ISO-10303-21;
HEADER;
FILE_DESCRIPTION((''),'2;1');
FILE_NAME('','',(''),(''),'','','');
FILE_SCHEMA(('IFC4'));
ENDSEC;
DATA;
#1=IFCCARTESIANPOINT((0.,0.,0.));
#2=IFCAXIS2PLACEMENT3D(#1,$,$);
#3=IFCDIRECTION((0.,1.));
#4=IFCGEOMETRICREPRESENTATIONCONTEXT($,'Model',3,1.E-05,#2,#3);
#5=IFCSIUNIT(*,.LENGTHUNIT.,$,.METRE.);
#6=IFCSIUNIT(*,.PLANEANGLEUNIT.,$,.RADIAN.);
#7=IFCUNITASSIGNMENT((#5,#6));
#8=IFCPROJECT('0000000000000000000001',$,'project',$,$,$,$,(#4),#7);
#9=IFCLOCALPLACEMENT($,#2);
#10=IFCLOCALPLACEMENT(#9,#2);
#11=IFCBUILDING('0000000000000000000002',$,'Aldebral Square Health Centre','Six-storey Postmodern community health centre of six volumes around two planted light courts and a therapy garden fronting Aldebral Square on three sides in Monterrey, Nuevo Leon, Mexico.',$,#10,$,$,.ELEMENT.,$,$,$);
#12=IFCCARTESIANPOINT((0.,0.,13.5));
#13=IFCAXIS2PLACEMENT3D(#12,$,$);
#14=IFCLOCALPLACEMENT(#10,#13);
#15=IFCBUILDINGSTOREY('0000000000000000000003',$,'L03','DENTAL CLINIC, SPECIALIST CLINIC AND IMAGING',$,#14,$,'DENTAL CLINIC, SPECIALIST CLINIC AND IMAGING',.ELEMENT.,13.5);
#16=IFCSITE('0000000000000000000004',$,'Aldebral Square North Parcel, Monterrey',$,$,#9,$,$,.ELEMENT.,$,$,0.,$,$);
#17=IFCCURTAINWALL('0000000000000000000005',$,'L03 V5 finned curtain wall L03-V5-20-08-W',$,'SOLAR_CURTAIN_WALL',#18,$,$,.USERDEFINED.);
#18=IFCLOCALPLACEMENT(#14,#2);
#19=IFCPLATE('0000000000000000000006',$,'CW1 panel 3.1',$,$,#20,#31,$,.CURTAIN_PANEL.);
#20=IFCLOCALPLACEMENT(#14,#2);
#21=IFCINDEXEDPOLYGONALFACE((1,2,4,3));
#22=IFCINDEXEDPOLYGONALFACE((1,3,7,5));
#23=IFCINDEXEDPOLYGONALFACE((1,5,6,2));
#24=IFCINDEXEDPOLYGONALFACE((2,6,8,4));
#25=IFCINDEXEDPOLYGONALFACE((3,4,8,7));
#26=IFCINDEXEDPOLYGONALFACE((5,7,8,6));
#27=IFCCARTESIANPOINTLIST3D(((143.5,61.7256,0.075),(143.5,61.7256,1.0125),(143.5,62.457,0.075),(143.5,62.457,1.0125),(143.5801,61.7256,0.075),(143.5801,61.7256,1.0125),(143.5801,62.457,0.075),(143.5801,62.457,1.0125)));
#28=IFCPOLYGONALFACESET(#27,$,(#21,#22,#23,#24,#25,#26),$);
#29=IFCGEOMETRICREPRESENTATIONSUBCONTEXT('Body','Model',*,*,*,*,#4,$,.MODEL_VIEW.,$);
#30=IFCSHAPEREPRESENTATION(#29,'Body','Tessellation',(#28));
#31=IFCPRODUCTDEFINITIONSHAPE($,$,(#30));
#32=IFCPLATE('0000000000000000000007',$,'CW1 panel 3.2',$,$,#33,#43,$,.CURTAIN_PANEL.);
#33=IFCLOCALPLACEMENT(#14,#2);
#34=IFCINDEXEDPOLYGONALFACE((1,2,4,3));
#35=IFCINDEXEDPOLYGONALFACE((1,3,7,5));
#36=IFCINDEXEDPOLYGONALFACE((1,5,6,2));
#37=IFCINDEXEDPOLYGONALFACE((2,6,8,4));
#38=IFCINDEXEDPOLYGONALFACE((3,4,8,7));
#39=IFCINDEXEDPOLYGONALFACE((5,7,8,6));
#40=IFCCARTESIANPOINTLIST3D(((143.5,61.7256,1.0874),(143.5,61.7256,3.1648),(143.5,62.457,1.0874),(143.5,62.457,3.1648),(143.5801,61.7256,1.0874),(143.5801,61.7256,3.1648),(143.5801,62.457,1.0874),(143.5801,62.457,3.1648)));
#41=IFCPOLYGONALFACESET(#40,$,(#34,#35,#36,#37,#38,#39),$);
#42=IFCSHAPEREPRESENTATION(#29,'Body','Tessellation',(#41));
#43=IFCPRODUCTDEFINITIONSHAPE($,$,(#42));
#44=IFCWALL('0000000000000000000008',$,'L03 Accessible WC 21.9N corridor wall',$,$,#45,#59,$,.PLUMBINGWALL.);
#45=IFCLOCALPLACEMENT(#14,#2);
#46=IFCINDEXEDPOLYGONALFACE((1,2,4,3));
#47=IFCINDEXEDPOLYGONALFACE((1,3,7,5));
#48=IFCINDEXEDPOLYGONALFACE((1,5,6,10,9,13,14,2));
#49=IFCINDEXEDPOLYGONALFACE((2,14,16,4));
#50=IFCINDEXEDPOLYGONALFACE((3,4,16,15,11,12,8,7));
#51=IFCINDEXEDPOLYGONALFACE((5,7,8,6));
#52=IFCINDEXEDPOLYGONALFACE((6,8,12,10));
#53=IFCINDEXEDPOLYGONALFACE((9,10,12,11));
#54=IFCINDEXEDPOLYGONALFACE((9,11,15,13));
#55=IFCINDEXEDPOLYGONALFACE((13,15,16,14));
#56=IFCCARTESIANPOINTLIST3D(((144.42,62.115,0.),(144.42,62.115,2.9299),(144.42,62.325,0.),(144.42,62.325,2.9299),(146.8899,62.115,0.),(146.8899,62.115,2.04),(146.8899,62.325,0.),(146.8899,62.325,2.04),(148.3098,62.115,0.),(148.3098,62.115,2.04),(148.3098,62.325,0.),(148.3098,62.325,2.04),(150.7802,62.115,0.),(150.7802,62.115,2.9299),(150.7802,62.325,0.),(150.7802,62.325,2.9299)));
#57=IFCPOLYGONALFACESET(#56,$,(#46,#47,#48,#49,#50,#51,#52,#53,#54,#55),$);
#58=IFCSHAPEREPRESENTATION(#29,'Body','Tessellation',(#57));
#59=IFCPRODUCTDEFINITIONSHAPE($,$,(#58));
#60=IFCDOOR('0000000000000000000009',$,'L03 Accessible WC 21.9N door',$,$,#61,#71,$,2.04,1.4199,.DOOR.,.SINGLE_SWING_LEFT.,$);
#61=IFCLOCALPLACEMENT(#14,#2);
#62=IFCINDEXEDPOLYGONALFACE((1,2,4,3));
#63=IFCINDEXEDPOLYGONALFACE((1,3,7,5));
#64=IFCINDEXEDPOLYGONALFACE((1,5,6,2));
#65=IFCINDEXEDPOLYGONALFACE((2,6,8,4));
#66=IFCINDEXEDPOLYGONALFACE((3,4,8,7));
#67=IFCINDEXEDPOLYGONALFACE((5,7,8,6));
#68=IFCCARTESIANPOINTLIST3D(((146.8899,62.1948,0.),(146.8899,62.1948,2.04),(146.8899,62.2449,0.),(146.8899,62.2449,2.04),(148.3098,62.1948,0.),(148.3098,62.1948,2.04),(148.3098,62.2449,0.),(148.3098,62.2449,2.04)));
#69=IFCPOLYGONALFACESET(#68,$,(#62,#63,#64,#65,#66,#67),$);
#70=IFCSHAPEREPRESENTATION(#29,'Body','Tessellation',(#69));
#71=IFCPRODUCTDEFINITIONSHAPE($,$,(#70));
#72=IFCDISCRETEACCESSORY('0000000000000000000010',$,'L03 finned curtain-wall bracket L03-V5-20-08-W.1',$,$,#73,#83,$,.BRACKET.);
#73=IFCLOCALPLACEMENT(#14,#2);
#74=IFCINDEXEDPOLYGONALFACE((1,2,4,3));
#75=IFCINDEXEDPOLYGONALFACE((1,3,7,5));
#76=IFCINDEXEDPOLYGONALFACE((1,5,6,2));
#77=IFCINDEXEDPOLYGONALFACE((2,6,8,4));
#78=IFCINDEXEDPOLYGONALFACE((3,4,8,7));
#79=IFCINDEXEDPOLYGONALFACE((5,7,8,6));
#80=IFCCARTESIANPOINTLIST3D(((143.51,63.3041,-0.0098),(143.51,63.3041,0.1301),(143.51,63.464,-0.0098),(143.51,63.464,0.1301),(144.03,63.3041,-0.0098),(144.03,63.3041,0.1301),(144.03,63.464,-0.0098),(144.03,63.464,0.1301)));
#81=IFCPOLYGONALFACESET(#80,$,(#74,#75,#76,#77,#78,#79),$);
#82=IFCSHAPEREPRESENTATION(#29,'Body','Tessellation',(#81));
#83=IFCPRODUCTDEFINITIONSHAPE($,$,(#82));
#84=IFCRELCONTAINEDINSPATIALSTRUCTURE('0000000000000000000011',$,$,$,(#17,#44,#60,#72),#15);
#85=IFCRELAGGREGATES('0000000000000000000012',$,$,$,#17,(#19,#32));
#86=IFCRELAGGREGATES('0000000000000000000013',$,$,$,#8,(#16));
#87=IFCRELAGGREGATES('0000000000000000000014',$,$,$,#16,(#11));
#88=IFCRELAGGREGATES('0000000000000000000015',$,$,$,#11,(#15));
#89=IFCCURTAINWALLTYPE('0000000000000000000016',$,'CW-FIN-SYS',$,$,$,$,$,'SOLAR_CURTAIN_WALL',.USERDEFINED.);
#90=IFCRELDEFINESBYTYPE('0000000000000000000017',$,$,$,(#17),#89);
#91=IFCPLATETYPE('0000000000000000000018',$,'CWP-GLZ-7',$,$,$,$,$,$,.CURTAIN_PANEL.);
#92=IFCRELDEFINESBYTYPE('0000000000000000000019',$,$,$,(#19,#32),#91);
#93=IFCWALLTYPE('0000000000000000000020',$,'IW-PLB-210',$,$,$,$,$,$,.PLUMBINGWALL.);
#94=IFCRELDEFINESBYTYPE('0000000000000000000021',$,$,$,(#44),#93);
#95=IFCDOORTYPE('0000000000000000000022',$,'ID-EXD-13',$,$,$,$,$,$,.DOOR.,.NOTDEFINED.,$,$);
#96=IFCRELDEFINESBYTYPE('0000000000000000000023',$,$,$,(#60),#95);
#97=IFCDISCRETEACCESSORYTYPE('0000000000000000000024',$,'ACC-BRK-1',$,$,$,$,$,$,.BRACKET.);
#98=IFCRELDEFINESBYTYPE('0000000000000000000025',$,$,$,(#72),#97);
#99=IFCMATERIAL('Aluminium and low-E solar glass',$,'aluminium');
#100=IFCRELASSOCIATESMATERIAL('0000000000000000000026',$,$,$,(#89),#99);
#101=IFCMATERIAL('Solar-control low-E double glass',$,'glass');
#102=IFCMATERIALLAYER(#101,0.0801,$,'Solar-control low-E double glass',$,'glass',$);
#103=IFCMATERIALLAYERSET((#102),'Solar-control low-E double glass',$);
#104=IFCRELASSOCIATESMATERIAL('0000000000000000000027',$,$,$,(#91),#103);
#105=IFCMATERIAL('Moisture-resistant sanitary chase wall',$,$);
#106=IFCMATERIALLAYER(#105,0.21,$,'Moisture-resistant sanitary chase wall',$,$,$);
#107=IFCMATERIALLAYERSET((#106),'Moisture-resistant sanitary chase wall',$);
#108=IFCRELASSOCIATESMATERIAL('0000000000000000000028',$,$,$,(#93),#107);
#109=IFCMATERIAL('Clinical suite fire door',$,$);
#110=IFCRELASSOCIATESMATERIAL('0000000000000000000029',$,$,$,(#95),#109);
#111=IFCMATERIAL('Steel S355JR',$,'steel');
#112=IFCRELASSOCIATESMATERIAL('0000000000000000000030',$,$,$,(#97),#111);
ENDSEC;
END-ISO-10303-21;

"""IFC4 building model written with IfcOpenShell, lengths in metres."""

from ifc_helpers import new_model, si_unit, direction, frame, frame_2d, origin, origin_2d, place, context, subcontext, project, spatial, rectangle, extrude, material, layer, layer_set, type_object, element, fill, aggregate, save


model = new_model("IFC4")

# Units and contexts
model_context = context("Model", 3, precision=1e-05, world=origin(), true_north=direction((0.0, 1.0)))
body_context = subcontext(model_context, "Body", "Model", "MODEL_VIEW")
ifc_project = project(units=[si_unit("LENGTHUNIT", "METRE"), si_unit("PLANEANGLEUNIT", "RADIAN")], contexts=[model_context])

# Site, building, storey
site_placement = place(None, origin())
site = spatial("IfcSite", under=ifc_project, at=site_placement, Name="Aldebral Square North Parcel, Monterrey", CompositionType="ELEMENT", RefElevation=0.0)
building_placement = place(site_placement, origin())
building = spatial("IfcBuilding", under=site, at=building_placement, Name="Aldebral Square Health Centre", Description="Six-storey Postmodern community health centre of six volumes around two planted light courts and a therapy garden fronting Aldebral Square on three sides in Monterrey, Nuevo Leon, Mexico.", CompositionType="ELEMENT")
storey_placement = place(building_placement, frame((0.0, 0.0, 13.5)))
storey = spatial("IfcBuildingStorey", under=building, at=storey_placement, Name="L03", Description="DENTAL CLINIC, SPECIALIST CLINIC AND IMAGING", LongName="DENTAL CLINIC, SPECIALIST CLINIC AND IMAGING", CompositionType="ELEMENT", Elevation=13.5)

# Shared definitions
ifc_material_1 = material(Name="Aluminium and low-E solar glass", Category="aluminium")
curtain_wall_type = type_object("IfcCurtainWallType", Name="CW-FIN-SYS", ElementType="SOLAR_CURTAIN_WALL", PredefinedType="USERDEFINED", material=ifc_material_1)

# Curtain wall, plates
curtain_wall_1_placement = place(storey_placement, origin())
curtain_wall_1 = element("IfcCurtainWall", 1, at=curtain_wall_1_placement, inside=storey, type_object=curtain_wall_type, Name="L03 V5 finned curtain wall L03-V5-20-08-W", ObjectType="SOLAR_CURTAIN_WALL", PredefinedType="USERDEFINED")
ifc_material_2 = material(Name="Solar-control low-E double glass", Category="glass")
ifc_layer_1 = layer(ifc_material_2, 0.0801, Name="Solar-control low-E double glass", Category="glass")
ifc_layer_set_1 = layer_set([ifc_layer_1], Name="Solar-control low-E double glass")
plate_type = type_object("IfcPlateType", Name="CWP-GLZ-7", PredefinedType="CURTAIN_PANEL", material=ifc_layer_set_1)
plate_1_placement = place(storey_placement, frame((143.54, 62.0913, 0.075), z_axis=(0.0, 0.0, 1.0), x_axis=(0.0, -1.0, 0.0)))
plate_1 = element("IfcPlate", 2, at=plate_1_placement, type_object=plate_type, Name="CW1 panel 3.1", PredefinedType="CURTAIN_PANEL", context=body_context, shape_type="SweptSolid", body=[
    extrude(rectangle(XDim=0.7314, YDim=0.0801, at=origin_2d()), origin(), (0.0, 0.0, 1.0), 0.9375),
])
plate_2_placement = place(storey_placement, frame((143.54, 62.0913, 1.0874), z_axis=(0.0, 0.0, 1.0), x_axis=(0.0, -1.0, 0.0)))
plate_2 = element("IfcPlate", 3, at=plate_2_placement, type_object=plate_type, Name="CW1 panel 3.2", PredefinedType="CURTAIN_PANEL", context=body_context, shape_type="SweptSolid", body=[
    extrude(rectangle(XDim=0.7314, YDim=0.0801, at=origin_2d()), origin(), (0.0, 0.0, 1.0), 2.0774),
])
aggregate(curtain_wall_1, [plate_1, plate_2])

# Wall, opening, door
ifc_material_3 = material(Name="Moisture-resistant sanitary chase wall")
ifc_layer_2 = layer(ifc_material_3, 0.21, Name="Moisture-resistant sanitary chase wall")
ifc_layer_set_2 = layer_set([ifc_layer_2], Name="Moisture-resistant sanitary chase wall")
wall_type = type_object("IfcWallType", Name="IW-PLB-210", PredefinedType="PLUMBINGWALL", material=ifc_layer_set_2)
wall_placement = place(storey_placement, frame((144.4199, 62.22, 0.0), z_axis=(0.0, 0.0, 1.0), x_axis=(1.0, 0.0, 0.0)))
wall = element("IfcWall", 4, at=wall_placement, inside=storey, type_object=wall_type, Name="L03 Accessible WC 21.9N corridor wall", PredefinedType="PLUMBINGWALL", context=body_context, shape_type="SweptSolid", body=[
    extrude(rectangle(XDim=6.3601, YDim=0.21, at=frame_2d((3.1802, 0.0))), origin(), (0.0, 0.0, 1.0), 2.9299),
])
opening_placement = place(wall_placement, frame((2.47, 0.0, 0.0)))
opening = element("IfcOpeningElement", 5, at=opening_placement, cuts=wall, PredefinedType="OPENING", context=body_context, shape_type="SweptSolid", body=[
    extrude(rectangle(XDim=1.4199, YDim=2.04, at=frame_2d((0.71, 1.02))), frame((0.0, 0.115, 0.0), z_axis=(0.0, -1.0, 0.0), x_axis=(1.0, 0.0, 0.0)), (0.0, 0.0, 1.0), 0.23),
])
ifc_material_4 = material(Name="Clinical suite fire door")
door_type = type_object("IfcDoorType", Name="ID-EXD-13", OperationType="NOTDEFINED", PredefinedType="DOOR", material=ifc_material_4)
door_placement = place(opening_placement, origin())
door = element("IfcDoor", 6, at=door_placement, inside=storey, type_object=door_type, Name="L03 Accessible WC 21.9N door", OperationType="SINGLE_SWING_LEFT", OverallHeight=2.04, OverallWidth=1.4199, PredefinedType="DOOR", context=body_context, shape_type="SweptSolid", body=[
    extrude(rectangle(XDim=1.4199, YDim=2.04, at=frame_2d((0.71, 1.02))), frame((0.0, 0.0249, 0.0), z_axis=(0.0, -1.0, 0.0), x_axis=(1.0, 0.0, 0.0)), (0.0, 0.0, 1.0), 0.05),
])
fill(opening, door)

# Discrete accessory
ifc_material_5 = material(Name="Steel S355JR", Category="steel")
discrete_accessory_type = type_object("IfcDiscreteAccessoryType", Name="ACC-BRK-1", PredefinedType="BRACKET", material=ifc_material_5)
discrete_accessory_placement = place(storey_placement, frame((143.77, 63.384, -0.0098), z_axis=(0.0, 0.0, 1.0), x_axis=(0.0, 1.0, 0.0)))
element("IfcDiscreteAccessory", 7, at=discrete_accessory_placement, inside=storey, type_object=discrete_accessory_type, Name="L03 finned curtain-wall bracket L03-V5-20-08-W.1", PredefinedType="BRACKET", context=body_context, shape_type="SweptSolid", body=[
    extrude(rectangle(XDim=0.1599, YDim=0.52, at=origin_2d()), origin(), (0.0, 0.0, 1.0), 0.1399),
])

save(model, "model.ifc")
